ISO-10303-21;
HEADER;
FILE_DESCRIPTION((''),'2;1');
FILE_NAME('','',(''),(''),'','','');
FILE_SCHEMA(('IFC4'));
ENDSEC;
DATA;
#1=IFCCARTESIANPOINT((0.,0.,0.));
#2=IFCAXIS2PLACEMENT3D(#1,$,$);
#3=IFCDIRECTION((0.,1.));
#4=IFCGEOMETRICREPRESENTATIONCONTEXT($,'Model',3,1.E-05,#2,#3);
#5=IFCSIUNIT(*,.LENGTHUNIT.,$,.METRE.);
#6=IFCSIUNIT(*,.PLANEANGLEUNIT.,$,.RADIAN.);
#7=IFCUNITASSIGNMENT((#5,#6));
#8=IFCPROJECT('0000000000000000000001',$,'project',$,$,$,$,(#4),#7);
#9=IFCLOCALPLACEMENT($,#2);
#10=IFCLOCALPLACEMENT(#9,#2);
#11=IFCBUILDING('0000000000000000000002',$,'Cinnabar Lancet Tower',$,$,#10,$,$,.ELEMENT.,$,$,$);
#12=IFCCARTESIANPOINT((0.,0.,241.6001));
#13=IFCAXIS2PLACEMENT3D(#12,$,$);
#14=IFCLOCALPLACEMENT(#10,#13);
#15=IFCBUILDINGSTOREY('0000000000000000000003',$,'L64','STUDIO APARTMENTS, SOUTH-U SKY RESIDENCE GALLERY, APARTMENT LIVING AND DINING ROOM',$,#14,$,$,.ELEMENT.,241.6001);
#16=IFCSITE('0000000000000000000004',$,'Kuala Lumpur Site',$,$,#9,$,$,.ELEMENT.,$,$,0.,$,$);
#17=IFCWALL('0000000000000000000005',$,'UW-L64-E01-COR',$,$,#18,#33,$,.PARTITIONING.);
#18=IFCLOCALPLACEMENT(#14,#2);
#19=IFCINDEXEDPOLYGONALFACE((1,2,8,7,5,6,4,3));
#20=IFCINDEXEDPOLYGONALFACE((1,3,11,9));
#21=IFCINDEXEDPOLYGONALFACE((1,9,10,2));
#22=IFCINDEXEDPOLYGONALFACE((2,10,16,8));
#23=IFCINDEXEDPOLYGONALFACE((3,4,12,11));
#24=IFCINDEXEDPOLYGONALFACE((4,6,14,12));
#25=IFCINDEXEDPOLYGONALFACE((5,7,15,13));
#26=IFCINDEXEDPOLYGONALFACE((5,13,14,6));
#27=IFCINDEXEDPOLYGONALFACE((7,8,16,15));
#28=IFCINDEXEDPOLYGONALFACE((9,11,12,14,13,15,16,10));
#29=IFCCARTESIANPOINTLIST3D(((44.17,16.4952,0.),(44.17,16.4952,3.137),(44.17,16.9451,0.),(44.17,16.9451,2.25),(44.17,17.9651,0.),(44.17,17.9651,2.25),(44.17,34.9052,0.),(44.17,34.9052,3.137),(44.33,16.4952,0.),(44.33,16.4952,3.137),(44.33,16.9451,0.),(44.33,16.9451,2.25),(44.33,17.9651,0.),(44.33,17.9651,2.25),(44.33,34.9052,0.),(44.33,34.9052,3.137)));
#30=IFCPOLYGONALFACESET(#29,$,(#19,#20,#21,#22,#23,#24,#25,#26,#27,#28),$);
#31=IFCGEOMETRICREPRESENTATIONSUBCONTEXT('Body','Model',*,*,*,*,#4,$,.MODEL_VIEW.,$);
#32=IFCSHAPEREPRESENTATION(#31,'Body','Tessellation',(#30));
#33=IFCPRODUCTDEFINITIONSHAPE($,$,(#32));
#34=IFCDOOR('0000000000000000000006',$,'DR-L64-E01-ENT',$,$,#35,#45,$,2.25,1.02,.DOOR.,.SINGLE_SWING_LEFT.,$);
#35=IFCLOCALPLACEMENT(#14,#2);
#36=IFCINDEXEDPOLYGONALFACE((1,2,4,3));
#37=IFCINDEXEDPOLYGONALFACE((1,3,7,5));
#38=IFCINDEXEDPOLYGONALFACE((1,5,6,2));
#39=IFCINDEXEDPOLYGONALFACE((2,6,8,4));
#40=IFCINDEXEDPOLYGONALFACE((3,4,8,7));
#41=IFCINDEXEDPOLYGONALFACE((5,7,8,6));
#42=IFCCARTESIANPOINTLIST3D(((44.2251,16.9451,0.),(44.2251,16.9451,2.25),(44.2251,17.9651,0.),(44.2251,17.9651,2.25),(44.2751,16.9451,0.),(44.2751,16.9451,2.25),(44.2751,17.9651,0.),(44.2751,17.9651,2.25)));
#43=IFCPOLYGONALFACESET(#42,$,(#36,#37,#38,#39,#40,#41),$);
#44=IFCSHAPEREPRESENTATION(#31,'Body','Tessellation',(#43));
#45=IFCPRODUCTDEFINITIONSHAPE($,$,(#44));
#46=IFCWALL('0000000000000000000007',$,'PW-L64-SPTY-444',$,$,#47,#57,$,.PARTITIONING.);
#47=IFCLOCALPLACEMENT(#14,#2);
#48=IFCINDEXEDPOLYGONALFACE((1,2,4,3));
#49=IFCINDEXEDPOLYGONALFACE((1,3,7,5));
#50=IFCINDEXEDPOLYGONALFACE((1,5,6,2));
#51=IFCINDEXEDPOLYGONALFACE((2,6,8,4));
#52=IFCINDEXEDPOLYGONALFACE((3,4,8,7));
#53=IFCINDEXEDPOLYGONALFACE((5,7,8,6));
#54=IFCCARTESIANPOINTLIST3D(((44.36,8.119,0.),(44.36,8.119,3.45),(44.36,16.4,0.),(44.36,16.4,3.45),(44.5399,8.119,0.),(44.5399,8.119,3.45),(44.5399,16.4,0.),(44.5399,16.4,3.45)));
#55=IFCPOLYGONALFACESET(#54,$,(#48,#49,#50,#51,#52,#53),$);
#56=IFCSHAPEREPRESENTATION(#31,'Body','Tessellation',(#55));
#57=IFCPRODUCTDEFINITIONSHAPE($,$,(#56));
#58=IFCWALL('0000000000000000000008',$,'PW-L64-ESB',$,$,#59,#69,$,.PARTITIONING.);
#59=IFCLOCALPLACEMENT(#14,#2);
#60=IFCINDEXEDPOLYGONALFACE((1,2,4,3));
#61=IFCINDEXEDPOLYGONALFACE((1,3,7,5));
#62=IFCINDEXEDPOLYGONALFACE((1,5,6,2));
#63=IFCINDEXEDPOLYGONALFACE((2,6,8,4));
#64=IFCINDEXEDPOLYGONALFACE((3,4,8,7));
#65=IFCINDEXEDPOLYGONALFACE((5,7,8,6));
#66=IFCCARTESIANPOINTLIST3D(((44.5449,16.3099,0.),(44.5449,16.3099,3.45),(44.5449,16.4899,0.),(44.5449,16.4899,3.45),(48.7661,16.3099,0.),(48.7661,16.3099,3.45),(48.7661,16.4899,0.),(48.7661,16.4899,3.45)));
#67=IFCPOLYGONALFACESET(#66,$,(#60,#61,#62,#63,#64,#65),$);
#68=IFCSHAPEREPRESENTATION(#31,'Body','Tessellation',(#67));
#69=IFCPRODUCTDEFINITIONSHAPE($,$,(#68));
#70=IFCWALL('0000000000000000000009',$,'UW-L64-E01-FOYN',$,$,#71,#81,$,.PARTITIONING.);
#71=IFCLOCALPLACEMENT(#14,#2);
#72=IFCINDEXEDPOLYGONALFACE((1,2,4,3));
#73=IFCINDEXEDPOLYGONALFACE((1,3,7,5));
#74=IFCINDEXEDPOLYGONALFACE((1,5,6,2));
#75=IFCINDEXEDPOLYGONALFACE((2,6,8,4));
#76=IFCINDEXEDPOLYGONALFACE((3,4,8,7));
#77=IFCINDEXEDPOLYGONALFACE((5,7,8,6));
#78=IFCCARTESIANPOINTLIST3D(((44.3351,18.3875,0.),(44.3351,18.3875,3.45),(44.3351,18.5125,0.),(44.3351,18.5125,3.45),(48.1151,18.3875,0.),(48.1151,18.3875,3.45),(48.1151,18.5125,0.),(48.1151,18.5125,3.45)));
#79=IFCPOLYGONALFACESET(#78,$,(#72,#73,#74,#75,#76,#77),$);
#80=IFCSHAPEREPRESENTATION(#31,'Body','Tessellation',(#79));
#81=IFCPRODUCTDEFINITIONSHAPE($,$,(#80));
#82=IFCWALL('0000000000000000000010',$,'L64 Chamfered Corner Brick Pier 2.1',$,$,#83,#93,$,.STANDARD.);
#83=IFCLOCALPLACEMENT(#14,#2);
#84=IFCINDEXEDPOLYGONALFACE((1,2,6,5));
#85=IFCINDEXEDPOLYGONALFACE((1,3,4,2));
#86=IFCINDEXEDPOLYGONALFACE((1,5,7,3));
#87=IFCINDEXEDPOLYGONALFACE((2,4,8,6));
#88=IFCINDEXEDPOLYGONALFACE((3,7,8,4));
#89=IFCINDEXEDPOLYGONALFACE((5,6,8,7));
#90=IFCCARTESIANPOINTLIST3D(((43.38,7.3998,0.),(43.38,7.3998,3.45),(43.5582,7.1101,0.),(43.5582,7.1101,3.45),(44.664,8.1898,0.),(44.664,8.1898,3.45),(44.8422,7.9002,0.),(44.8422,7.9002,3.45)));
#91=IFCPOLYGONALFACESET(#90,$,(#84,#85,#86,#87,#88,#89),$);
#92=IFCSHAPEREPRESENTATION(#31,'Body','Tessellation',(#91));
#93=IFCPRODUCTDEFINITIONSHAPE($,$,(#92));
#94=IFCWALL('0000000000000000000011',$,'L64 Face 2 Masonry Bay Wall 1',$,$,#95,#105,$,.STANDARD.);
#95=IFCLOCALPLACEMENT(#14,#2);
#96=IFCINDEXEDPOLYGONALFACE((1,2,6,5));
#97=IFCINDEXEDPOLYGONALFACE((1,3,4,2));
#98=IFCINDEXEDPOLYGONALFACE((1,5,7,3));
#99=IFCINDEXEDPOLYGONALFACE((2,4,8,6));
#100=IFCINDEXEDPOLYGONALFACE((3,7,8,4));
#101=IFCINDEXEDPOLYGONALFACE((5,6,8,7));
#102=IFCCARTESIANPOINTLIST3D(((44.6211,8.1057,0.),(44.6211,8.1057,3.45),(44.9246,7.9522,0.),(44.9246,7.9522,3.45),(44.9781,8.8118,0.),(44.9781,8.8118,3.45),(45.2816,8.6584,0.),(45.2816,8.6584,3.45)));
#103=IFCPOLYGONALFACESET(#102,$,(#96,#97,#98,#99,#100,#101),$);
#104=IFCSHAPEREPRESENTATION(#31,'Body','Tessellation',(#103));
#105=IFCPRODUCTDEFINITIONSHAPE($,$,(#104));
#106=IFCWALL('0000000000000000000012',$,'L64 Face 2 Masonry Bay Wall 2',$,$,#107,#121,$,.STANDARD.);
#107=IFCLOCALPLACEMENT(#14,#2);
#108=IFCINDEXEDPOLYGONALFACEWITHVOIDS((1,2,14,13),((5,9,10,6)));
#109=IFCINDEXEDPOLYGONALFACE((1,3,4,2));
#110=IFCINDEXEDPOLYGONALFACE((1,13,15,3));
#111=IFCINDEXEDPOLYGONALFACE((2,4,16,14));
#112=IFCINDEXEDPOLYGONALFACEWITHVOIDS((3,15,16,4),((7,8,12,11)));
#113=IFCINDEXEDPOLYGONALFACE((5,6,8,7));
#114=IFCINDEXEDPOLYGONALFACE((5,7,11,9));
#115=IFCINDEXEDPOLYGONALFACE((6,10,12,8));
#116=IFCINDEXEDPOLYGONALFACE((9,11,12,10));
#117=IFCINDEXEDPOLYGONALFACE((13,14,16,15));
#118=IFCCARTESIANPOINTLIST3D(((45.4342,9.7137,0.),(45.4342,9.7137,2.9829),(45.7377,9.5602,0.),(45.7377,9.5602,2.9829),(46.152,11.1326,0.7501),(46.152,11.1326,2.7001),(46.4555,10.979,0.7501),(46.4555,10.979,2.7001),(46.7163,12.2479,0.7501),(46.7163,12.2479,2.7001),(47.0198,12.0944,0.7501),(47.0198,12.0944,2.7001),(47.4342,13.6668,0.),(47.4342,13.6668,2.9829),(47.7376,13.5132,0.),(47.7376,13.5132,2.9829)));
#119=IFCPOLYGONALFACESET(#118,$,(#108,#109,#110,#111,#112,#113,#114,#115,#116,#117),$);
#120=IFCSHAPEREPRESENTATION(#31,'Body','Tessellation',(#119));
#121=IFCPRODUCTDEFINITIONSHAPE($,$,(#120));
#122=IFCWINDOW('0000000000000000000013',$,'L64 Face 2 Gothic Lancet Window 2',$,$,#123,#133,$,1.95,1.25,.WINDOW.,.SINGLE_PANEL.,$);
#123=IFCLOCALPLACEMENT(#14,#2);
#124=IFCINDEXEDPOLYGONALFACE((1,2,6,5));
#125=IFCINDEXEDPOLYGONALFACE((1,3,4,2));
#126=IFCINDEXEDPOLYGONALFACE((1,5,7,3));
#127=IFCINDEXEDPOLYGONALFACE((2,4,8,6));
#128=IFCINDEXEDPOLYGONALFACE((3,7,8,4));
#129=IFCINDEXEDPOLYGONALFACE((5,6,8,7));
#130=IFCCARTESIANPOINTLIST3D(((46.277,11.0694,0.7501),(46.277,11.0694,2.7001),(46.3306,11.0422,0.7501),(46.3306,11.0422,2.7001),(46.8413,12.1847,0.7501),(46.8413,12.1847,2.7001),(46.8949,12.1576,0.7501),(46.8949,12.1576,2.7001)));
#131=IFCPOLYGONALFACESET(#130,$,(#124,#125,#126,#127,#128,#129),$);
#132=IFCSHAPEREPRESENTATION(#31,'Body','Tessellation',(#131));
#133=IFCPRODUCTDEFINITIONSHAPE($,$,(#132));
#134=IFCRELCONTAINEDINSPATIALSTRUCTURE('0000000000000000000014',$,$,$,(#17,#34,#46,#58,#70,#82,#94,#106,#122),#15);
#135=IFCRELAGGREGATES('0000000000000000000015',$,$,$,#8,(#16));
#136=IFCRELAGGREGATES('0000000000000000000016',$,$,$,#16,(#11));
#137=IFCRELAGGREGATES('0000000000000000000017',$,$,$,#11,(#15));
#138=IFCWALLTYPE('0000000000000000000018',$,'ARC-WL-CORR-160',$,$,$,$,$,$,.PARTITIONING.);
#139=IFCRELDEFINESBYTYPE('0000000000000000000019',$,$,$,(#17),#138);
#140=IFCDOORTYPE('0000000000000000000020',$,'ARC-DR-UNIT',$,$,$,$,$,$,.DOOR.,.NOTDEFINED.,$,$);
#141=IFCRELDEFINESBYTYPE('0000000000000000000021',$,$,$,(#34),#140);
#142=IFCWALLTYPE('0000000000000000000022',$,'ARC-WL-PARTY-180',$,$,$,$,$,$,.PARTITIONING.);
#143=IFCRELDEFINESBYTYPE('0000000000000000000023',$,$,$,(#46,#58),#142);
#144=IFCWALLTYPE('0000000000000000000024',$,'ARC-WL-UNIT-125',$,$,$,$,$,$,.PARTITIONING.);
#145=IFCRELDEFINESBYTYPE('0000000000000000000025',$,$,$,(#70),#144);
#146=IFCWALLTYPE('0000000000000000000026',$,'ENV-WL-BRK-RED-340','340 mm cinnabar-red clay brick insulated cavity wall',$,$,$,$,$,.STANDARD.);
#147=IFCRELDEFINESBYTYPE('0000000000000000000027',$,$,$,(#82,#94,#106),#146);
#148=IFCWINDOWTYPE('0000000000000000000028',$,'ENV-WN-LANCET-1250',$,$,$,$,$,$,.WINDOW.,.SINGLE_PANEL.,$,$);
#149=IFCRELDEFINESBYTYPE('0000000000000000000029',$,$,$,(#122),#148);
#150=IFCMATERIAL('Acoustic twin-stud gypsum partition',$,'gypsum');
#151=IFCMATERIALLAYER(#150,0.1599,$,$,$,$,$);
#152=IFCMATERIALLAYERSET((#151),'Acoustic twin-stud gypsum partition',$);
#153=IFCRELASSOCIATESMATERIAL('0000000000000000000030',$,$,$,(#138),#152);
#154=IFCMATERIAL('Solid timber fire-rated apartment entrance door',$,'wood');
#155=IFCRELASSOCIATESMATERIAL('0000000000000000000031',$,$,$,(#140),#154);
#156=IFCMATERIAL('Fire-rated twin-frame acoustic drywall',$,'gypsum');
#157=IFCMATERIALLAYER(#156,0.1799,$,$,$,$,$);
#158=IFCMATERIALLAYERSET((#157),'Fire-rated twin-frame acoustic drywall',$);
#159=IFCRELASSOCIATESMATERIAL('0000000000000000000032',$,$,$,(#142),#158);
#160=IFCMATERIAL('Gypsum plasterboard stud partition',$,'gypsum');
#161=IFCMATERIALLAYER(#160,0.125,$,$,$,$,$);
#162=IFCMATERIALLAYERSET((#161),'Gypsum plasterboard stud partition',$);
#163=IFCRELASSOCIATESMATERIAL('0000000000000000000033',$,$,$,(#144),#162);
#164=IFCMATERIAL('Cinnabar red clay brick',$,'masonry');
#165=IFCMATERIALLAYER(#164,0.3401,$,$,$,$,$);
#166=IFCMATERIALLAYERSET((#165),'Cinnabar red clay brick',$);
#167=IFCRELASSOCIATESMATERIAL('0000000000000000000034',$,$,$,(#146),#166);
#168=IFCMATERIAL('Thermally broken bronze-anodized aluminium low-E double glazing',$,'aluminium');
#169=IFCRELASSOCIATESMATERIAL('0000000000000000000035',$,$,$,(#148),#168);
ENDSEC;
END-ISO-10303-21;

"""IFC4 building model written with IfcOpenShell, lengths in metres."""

from ifc_helpers import new_model, si_unit, direction, frame, frame_2d, origin, place, context, subcontext, project, spatial, rectangle, extrude, material, layer, layer_set, type_object, element, fill, save


model = new_model("IFC4")

# Units and contexts
model_context = context("Model", 3, precision=1e-05, world=origin(), true_north=direction((0.0, 1.0)))
body_context = subcontext(model_context, "Body", "Model", "MODEL_VIEW")
ifc_project = project(units=[si_unit("LENGTHUNIT", "METRE"), si_unit("PLANEANGLEUNIT", "RADIAN")], contexts=[model_context])

# Site, building, storey
site_placement = place(None, origin())
site = spatial("IfcSite", under=ifc_project, at=site_placement, Name="Kuala Lumpur Site", CompositionType="ELEMENT", RefElevation=0.0)
building_placement = place(site_placement, origin())
building = spatial("IfcBuilding", under=site, at=building_placement, Name="Cinnabar Lancet Tower", CompositionType="ELEMENT")
storey_placement = place(building_placement, frame((0.0, 0.0, 241.6001)))
storey = spatial("IfcBuildingStorey", under=building, at=storey_placement, Name="L64", Description="STUDIO APARTMENTS, SOUTH-U SKY RESIDENCE GALLERY, APARTMENT LIVING AND DINING ROOM", CompositionType="ELEMENT", Elevation=241.6001)

# Wall, opening, door
ifc_material_1 = material(Name="Acoustic twin-stud gypsum partition", Category="gypsum")
ifc_layer_1 = layer(ifc_material_1, 0.1599)
ifc_layer_set_1 = layer_set([ifc_layer_1], Name="Acoustic twin-stud gypsum partition")
wall_type_1 = type_object("IfcWallType", Name="ARC-WL-CORR-160", PredefinedType="PARTITIONING", material=ifc_layer_set_1)
wall_1_placement = place(storey_placement, frame((44.25, 16.4951, 0.0), z_axis=(0.0, 0.0, 1.0), x_axis=(0.0, 1.0, 0.0)))
wall_1 = element("IfcWall", 1, at=wall_1_placement, inside=storey, type_object=wall_type_1, Name="UW-L64-E01-COR", PredefinedType="PARTITIONING", context=body_context, shape_type="SweptSolid", body=[
    extrude(rectangle(XDim=18.4099, YDim=0.1599, at=frame_2d((9.2051, 0.0))), origin(), (0.0, 0.0, 1.0), 3.137),
])
opening_1_placement = place(wall_1_placement, frame((0.45, 0.0, 0.0)))
opening_1 = element("IfcOpeningElement", 2, at=opening_1_placement, cuts=wall_1, PredefinedType="OPENING", context=body_context, shape_type="SweptSolid", body=[
    extrude(rectangle(XDim=1.02, YDim=2.25, at=frame_2d((0.51, 1.125))), frame((0.0, 0.0898, 0.0), z_axis=(0.0, -1.0, 0.0), x_axis=(1.0, 0.0, 0.0)), (0.0, 0.0, 1.0), 0.1799),
])
ifc_material_2 = material(Name="Solid timber fire-rated apartment entrance door", Category="wood")
door_type = type_object("IfcDoorType", Name="ARC-DR-UNIT", OperationType="NOTDEFINED", PredefinedType="DOOR", material=ifc_material_2)
door_placement = place(opening_1_placement, origin())
door = element("IfcDoor", 3, at=door_placement, inside=storey, type_object=door_type, Name="DR-L64-E01-ENT", OperationType="SINGLE_SWING_LEFT", OverallHeight=2.25, OverallWidth=1.02, PredefinedType="DOOR", context=body_context, shape_type="SweptSolid", body=[
    extrude(rectangle(XDim=1.02, YDim=2.25, at=frame_2d((0.51, 1.125))), frame((0.0, 0.0249, 0.0), z_axis=(0.0, -1.0, 0.0), x_axis=(1.0, 0.0, 0.0)), (0.0, 0.0, 1.0), 0.05),
])
fill(opening_1, door)

# Walls
ifc_material_3 = material(Name="Fire-rated twin-frame acoustic drywall", Category="gypsum")
ifc_layer_2 = layer(ifc_material_3, 0.1799)
ifc_layer_set_2 = layer_set([ifc_layer_2], Name="Fire-rated twin-frame acoustic drywall")
wall_type_2 = type_object("IfcWallType", Name="ARC-WL-PARTY-180", PredefinedType="PARTITIONING", material=ifc_layer_set_2)
wall_2_placement = place(storey_placement, frame((44.45, 8.1189, 0.0), z_axis=(0.0, 0.0, 1.0), x_axis=(0.0, 1.0, 0.0)))
element("IfcWall", 4, at=wall_2_placement, inside=storey, type_object=wall_type_2, Name="PW-L64-SPTY-444", PredefinedType="PARTITIONING", context=body_context, shape_type="SweptSolid", body=[
    extrude(rectangle(XDim=8.281, YDim=0.1799, at=frame_2d((4.1406, 0.0))), origin(), (0.0, 0.0, 1.0), 3.45),
])
wall_3_placement = place(storey_placement, frame((44.5449, 16.3999, 0.0), z_axis=(0.0, 0.0, 1.0), x_axis=(1.0, 0.0, 0.0)))
element("IfcWall", 5, at=wall_3_placement, inside=storey, type_object=wall_type_2, Name="PW-L64-ESB", PredefinedType="PARTITIONING", context=body_context, shape_type="SweptSolid", body=[
    extrude(rectangle(XDim=4.2212, YDim=0.1799, at=frame_2d((2.1106, 0.0))), origin(), (0.0, 0.0, 1.0), 3.45),
])
ifc_material_4 = material(Name="Gypsum plasterboard stud partition", Category="gypsum")
ifc_layer_3 = layer(ifc_material_4, 0.125)
ifc_layer_set_3 = layer_set([ifc_layer_3], Name="Gypsum plasterboard stud partition")
wall_type_3 = type_object("IfcWallType", Name="ARC-WL-UNIT-125", PredefinedType="PARTITIONING", material=ifc_layer_set_3)
wall_4_placement = place(storey_placement, frame((44.335, 18.45, 0.0), z_axis=(0.0, 0.0, 1.0), x_axis=(1.0, 0.0, 0.0)))
element("IfcWall", 6, at=wall_4_placement, inside=storey, type_object=wall_type_3, Name="UW-L64-E01-FOYN", PredefinedType="PARTITIONING", context=body_context, shape_type="SweptSolid", body=[
    extrude(rectangle(XDim=3.78, YDim=0.125, at=frame_2d((1.8901, 0.0))), origin(), (0.0, 0.0, 1.0), 3.45),
])
ifc_material_5 = material(Name="Cinnabar red clay brick", Category="masonry")
ifc_layer_4 = layer(ifc_material_5, 0.3401)
ifc_layer_set_4 = layer_set([ifc_layer_4], Name="Cinnabar red clay brick")
wall_type_4 = type_object("IfcWallType", Name="ENV-WL-BRK-RED-340", Description="340 mm cinnabar-red clay brick insulated cavity wall", PredefinedType="STANDARD", material=ifc_layer_set_4)
wall_5_placement = place(storey_placement, frame((43.469, 7.2549, 0.0), z_axis=(0.0, 0.0, 1.0), x_axis=(0.851681, 0.524061, 0.0)))
element("IfcWall", 7, at=wall_5_placement, inside=storey, type_object=wall_type_4, Name="L64 Chamfered Corner Brick Pier 2.1", PredefinedType="STANDARD", context=body_context, shape_type="SweptSolid", body=[
    extrude(rectangle(XDim=1.5076, YDim=0.3401, at=frame_2d((0.7539, 0.0))), origin(), (0.0, 0.0, 1.0), 3.45),
])
wall_6_placement = place(storey_placement, frame((44.7729, 8.0291, 0.0), z_axis=(0.0, 0.0, 1.0), x_axis=(0.451159, 0.892443, 0.0)))
element("IfcWall", 8, at=wall_6_placement, inside=storey, type_object=wall_type_4, Name="L64 Face 2 Masonry Bay Wall 1", PredefinedType="STANDARD", context=body_context, shape_type="SweptSolid", body=[
    extrude(rectangle(XDim=0.7913, YDim=0.3401, at=frame_2d((0.3955, 0.0))), origin(), (0.0, 0.0, 1.0), 3.45),
])

# Wall, opening, window
wall_7_placement = place(storey_placement, frame((45.5859, 9.637, 0.0), z_axis=(0.0, 0.0, 1.0), x_axis=(0.451441, 0.892301, 0.0)))
wall_7 = element("IfcWall", 9, at=wall_7_placement, inside=storey, type_object=wall_type_4, Name="L64 Face 2 Masonry Bay Wall 2", PredefinedType="STANDARD", context=body_context, shape_type="SweptSolid", body=[
    extrude(rectangle(XDim=4.4302, YDim=0.3401, at=frame_2d((2.2151, 0.0))), origin(), (0.0, 0.0, 1.0), 2.9829),
])
opening_2_placement = place(wall_7_placement, frame((1.5901, 0.0, 0.75)))
opening_2 = element("IfcOpeningElement", 10, at=opening_2_placement, cuts=wall_7, PredefinedType="OPENING", context=body_context, shape_type="SweptSolid", body=[
    extrude(rectangle(XDim=1.25, YDim=1.95, at=frame_2d((0.625, 0.9751))), frame((0.0, 0.1799, 0.0), z_axis=(0.0, -1.0, 0.0), x_axis=(1.0, 0.0, 0.0)), (0.0, 0.0, 1.0), 0.3601),
])
ifc_material_6 = material(Name="Thermally broken bronze-anodized aluminium low-E double glazing", Category="aluminium")
window_type_1 = type_object("IfcWindowType", Name="ENV-WN-LANCET-1250", PartitioningType="SINGLE_PANEL", PredefinedType="WINDOW", material=ifc_material_6)
window_1_placement = place(opening_2_placement, origin())
window_1 = element("IfcWindow", 11, at=window_1_placement, inside=storey, type_object=window_type_1, Name="L64 Face 2 Gothic Lancet Window 2", OverallHeight=1.95, OverallWidth=1.25, PartitioningType="SINGLE_PANEL", PredefinedType="WINDOW", context=body_context, shape_type="SweptSolid", body=[
    extrude(rectangle(XDim=1.25, YDim=1.95, at=frame_2d((0.625, 0.9751))), frame((0.0, 0.03, 0.0), z_axis=(0.0, -1.0, 0.0), x_axis=(1.0, 0.0, 0.0)), (0.0, 0.0, 1.0), 0.0601),
])
fill(opening_2, window_1)

save(model, "model.ifc")
